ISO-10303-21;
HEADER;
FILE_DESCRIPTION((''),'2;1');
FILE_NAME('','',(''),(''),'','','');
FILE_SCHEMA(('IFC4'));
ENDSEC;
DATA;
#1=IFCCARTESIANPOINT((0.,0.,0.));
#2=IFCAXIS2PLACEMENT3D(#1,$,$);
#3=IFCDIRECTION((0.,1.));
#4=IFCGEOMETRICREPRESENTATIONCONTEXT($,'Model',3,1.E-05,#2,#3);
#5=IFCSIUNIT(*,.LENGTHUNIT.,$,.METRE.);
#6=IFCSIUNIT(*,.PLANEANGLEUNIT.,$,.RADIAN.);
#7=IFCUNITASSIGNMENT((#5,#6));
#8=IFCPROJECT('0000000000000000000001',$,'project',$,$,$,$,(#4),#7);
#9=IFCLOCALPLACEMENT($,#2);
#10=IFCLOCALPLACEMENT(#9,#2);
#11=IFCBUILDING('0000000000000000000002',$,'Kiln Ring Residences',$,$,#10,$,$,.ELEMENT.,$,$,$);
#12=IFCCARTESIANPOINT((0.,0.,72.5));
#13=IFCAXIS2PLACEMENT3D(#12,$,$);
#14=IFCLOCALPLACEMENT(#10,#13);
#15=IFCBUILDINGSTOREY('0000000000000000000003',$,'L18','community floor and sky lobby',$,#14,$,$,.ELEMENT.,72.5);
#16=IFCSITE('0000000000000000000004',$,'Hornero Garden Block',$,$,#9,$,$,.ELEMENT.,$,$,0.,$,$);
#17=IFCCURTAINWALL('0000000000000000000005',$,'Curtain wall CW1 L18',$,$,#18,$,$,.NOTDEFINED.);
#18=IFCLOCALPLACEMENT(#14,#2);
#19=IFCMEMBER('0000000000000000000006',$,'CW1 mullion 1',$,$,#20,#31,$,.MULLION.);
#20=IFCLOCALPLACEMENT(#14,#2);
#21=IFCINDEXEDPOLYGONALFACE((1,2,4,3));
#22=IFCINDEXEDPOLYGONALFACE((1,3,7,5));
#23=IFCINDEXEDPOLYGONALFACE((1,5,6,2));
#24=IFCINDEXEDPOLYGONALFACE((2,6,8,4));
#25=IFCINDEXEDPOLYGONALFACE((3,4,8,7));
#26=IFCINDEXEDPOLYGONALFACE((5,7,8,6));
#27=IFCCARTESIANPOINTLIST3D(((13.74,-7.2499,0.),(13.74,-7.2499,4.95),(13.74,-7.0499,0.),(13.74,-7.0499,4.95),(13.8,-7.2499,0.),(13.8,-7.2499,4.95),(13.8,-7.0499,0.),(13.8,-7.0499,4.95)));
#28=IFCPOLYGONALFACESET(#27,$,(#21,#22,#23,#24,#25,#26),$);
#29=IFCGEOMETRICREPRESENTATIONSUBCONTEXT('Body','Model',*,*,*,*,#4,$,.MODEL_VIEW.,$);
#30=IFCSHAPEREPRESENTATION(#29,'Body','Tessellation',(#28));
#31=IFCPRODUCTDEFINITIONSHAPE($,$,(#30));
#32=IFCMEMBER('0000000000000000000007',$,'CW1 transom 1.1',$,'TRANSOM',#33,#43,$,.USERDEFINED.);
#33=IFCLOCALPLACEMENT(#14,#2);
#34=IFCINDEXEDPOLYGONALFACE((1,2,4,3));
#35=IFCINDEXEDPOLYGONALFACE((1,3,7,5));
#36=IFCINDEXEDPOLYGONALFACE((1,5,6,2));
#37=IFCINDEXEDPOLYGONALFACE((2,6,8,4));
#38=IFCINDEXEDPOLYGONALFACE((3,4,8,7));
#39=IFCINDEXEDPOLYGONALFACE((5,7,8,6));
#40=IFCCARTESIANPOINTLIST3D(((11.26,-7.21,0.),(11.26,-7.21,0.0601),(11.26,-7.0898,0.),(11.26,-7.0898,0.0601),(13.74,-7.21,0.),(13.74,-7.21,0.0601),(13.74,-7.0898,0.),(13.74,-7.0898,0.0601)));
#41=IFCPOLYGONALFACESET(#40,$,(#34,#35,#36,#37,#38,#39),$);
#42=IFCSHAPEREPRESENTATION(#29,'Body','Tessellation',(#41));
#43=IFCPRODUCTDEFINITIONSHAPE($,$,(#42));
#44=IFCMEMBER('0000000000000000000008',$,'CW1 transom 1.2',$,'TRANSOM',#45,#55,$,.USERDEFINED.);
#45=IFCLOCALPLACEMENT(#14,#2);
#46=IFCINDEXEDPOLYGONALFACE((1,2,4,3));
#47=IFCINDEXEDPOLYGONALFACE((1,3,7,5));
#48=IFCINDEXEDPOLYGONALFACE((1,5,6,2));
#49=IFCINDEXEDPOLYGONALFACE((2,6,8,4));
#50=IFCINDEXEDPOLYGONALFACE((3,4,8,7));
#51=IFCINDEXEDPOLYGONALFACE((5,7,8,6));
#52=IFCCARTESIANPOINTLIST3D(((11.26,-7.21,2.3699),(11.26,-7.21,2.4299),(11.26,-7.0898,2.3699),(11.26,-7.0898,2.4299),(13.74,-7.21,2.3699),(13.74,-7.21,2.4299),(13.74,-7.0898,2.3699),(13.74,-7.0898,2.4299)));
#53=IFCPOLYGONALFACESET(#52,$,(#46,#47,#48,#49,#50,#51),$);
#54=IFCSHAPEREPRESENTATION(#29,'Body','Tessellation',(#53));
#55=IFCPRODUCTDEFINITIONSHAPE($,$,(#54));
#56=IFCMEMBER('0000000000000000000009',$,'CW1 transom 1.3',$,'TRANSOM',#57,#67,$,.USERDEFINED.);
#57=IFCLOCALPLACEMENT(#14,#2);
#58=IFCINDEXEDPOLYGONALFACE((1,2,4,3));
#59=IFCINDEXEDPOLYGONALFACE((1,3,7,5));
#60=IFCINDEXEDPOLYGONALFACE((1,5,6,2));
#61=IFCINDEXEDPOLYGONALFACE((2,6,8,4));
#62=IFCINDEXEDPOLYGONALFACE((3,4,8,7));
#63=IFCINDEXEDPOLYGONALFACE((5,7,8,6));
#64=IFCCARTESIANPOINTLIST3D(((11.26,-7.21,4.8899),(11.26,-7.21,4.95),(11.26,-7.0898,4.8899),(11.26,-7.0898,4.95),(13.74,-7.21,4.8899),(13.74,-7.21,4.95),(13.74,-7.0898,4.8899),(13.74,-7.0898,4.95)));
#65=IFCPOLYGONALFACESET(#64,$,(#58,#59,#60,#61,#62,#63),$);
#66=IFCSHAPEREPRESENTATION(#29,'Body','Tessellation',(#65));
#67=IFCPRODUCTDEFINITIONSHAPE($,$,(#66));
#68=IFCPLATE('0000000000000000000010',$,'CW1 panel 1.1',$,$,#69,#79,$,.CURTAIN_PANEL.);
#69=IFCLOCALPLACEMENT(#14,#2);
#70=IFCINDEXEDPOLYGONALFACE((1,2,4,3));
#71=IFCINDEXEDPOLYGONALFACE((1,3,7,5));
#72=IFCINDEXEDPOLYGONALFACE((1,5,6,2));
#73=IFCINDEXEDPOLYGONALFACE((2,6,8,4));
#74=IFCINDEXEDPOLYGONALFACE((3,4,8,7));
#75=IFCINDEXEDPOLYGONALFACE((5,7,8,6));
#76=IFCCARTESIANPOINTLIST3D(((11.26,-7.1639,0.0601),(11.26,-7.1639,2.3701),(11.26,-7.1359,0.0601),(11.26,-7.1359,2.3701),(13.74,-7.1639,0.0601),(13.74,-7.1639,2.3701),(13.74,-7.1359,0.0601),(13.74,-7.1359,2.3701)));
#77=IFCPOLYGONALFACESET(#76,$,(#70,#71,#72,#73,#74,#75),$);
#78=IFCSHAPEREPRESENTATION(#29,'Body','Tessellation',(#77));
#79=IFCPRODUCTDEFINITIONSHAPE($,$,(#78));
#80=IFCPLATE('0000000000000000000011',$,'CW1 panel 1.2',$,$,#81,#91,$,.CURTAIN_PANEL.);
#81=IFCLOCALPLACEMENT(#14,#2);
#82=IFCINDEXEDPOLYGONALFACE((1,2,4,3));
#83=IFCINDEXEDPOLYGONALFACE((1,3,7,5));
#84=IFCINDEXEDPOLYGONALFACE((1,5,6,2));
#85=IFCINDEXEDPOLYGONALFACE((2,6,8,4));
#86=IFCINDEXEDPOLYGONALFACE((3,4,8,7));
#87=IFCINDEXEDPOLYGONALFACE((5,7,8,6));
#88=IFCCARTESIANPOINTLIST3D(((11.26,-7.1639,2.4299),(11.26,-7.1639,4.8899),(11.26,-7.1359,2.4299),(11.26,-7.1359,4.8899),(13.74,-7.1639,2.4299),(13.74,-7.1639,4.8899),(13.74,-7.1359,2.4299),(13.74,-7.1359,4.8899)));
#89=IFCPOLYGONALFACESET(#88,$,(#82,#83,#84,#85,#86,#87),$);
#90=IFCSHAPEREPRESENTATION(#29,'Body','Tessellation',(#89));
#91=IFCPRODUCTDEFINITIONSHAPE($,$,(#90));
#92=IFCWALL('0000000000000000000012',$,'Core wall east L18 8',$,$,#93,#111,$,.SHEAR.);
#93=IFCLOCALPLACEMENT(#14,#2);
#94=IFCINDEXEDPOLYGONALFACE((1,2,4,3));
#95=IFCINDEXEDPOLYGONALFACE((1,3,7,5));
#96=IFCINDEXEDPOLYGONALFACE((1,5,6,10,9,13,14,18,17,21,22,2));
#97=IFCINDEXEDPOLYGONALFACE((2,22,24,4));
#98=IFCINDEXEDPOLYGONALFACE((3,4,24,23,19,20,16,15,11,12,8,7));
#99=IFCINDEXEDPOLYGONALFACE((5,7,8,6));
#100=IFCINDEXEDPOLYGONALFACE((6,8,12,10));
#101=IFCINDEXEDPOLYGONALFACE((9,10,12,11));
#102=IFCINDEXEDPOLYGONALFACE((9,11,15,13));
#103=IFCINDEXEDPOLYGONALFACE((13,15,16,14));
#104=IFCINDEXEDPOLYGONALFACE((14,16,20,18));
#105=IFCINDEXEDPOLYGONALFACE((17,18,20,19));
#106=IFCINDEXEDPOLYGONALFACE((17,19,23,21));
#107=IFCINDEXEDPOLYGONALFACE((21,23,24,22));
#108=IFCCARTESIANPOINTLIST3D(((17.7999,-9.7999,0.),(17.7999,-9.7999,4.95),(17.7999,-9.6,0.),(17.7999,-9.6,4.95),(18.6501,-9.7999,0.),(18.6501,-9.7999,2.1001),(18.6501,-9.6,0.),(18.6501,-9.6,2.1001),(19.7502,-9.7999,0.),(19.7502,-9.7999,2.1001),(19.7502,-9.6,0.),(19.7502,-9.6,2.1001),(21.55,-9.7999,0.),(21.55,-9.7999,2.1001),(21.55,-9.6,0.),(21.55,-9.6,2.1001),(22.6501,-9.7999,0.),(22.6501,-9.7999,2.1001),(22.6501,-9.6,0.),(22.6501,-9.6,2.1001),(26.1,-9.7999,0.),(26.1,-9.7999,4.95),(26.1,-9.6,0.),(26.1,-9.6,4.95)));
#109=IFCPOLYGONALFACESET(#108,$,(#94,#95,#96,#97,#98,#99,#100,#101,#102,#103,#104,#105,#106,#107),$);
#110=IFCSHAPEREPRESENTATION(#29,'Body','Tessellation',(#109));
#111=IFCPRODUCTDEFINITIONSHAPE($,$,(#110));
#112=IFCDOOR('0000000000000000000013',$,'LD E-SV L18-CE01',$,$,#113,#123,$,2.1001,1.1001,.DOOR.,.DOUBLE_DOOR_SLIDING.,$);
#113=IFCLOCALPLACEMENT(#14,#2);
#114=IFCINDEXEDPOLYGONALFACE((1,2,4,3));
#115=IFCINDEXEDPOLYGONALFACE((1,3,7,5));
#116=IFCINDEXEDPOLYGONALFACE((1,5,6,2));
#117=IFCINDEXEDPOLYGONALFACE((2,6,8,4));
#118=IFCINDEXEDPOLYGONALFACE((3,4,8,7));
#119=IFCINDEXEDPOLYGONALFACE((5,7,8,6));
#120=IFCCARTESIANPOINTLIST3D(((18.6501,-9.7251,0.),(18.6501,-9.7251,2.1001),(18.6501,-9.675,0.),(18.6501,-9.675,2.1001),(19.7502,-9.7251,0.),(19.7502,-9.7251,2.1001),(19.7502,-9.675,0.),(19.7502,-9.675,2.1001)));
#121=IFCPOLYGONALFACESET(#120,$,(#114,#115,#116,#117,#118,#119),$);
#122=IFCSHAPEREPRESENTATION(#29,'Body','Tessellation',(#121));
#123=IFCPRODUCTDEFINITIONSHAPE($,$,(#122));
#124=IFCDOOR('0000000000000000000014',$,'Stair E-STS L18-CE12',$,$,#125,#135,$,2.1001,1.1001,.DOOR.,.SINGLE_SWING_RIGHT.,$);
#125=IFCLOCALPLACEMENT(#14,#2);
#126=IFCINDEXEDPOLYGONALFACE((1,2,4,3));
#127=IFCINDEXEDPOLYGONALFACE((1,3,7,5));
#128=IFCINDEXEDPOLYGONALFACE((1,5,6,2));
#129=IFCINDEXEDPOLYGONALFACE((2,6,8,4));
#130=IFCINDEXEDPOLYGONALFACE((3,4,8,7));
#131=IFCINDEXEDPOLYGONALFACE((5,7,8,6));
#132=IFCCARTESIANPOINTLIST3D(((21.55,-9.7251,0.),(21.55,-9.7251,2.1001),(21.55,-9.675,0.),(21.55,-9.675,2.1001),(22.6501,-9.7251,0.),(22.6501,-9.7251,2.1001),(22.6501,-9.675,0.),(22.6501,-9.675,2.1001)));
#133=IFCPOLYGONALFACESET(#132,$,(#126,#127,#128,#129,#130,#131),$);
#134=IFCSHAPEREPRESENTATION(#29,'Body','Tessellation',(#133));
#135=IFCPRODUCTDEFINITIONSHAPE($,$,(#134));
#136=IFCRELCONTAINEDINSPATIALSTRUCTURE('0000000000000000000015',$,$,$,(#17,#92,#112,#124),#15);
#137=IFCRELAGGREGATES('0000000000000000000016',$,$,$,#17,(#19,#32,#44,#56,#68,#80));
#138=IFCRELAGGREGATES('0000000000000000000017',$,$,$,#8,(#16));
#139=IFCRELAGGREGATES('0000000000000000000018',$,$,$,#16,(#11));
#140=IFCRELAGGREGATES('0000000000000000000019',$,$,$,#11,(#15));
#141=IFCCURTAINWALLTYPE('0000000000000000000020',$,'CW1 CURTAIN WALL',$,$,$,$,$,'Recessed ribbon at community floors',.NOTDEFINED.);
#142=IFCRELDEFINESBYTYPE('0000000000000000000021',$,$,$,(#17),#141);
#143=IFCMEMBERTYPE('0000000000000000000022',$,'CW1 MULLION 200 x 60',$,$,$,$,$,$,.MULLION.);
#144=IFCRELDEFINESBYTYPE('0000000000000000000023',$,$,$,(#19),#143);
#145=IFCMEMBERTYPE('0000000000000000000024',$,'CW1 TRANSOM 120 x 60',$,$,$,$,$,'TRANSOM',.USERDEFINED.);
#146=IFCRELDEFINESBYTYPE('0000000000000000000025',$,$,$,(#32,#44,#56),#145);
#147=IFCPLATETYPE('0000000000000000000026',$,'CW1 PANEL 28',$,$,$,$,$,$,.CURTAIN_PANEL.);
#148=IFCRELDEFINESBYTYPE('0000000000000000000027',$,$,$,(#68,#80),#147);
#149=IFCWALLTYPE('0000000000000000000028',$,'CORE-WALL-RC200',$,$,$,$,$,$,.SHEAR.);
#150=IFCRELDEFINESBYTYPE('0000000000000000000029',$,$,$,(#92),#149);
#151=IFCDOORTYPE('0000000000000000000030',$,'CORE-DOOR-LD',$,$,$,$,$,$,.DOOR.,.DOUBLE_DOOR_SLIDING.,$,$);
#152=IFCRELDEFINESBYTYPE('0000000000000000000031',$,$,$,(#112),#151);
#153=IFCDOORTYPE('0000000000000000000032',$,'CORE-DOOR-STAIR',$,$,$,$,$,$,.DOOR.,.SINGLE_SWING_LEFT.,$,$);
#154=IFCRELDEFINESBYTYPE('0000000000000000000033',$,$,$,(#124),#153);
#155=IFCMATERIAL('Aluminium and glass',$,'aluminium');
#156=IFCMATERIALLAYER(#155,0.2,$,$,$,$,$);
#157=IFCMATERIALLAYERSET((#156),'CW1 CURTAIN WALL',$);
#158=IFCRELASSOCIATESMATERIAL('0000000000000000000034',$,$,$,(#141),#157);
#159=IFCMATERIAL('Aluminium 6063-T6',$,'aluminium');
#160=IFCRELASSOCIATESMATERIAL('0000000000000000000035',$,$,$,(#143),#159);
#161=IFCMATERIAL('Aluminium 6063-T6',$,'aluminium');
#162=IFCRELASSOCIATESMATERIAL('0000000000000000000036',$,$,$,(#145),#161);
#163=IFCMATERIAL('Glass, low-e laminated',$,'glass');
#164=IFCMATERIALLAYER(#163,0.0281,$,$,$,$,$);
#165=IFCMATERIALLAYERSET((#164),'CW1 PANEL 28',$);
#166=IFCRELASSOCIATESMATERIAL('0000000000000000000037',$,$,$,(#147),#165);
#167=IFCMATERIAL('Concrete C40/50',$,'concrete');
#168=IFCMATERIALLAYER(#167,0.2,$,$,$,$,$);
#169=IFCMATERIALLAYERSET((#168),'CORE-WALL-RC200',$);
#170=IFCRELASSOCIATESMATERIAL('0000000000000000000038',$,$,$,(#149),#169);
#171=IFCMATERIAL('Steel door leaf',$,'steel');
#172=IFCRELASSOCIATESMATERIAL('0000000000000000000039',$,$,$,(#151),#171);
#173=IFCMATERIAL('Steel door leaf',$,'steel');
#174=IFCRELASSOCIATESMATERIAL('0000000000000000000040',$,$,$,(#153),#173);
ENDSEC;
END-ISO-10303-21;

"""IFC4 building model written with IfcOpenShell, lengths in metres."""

from ifc_helpers import new_model, si_unit, direction, frame, frame_2d, origin, origin_2d, place, context, subcontext, project, spatial, rectangle, extrude, material, layer, layer_set, material_profile, profile_set, type_object, element, fill, aggregate, save


model = new_model("IFC4")

# Units and contexts
model_context = context("Model", 3, precision=1e-05, world=origin(), true_north=direction((0.0, 1.0)))
body_context = subcontext(model_context, "Body", "Model", "MODEL_VIEW")
ifc_project = project(units=[si_unit("LENGTHUNIT", "METRE"), si_unit("PLANEANGLEUNIT", "RADIAN")], contexts=[model_context])

# Site, building, storey
site_placement = place(None, origin())
site = spatial("IfcSite", under=ifc_project, at=site_placement, Name="Hornero Garden Block", CompositionType="ELEMENT", RefElevation=0.0)
building_placement = place(site_placement, origin())
building = spatial("IfcBuilding", under=site, at=building_placement, Name="Kiln Ring Residences", CompositionType="ELEMENT")
storey_placement = place(building_placement, frame((0.0, 0.0, 72.5)))
storey = spatial("IfcBuildingStorey", under=building, at=storey_placement, Name="L18", Description="community floor and sky lobby", CompositionType="ELEMENT", Elevation=72.5)

# Curtain wall, members, plates
ifc_material_1 = material(Name="Aluminium and glass", Category="aluminium")
ifc_layer_1 = layer(ifc_material_1, 0.2)
ifc_layer_set_1 = layer_set([ifc_layer_1], Name="CW1 CURTAIN WALL")
curtain_wall_type = type_object("IfcCurtainWallType", Name="CW1 CURTAIN WALL", ElementType="Recessed ribbon at community floors", PredefinedType="NOTDEFINED", material=ifc_layer_set_1)
curtain_wall_placement = place(storey_placement, origin())
curtain_wall = element("IfcCurtainWall", 1, at=curtain_wall_placement, inside=storey, type_object=curtain_wall_type, Name="Curtain wall CW1 L18", PredefinedType="NOTDEFINED")
ifc_material_2 = material(Name="Aluminium 6063-T6", Category="aluminium")
ifc_material_profile_1 = material_profile(ifc_material_2, rectangle(XDim=0.2, YDim=0.0601, at=origin_2d()), Name="AL 200x60")
ifc_profile_set_1 = profile_set([ifc_material_profile_1], Name="Aluminium 6063-T6")
member_type_1 = type_object("IfcMemberType", Name="CW1 MULLION 200 x 60", PredefinedType="MULLION", material=ifc_profile_set_1)
member_1_placement = place(storey_placement, frame((13.77, -7.1499, 0.0), z_axis=(0.0, 0.0, 1.0), x_axis=(0.0, -1.0, 0.0)))
member_1 = element("IfcMember", 2, at=member_1_placement, type_object=member_type_1, Name="CW1 mullion 1", PredefinedType="MULLION", context=body_context, shape_type="SweptSolid", body=[
    extrude(rectangle(XDim=0.2, YDim=0.0601, at=origin_2d()), origin(), (0.0, 0.0, 1.0), 4.95),
])
ifc_material_3 = material(Name="Aluminium 6063-T6", Category="aluminium")
ifc_material_profile_2 = material_profile(ifc_material_3, rectangle(XDim=0.1201, YDim=0.0601, at=origin_2d()), Name="AL 120x60")
ifc_profile_set_2 = profile_set([ifc_material_profile_2], Name="Aluminium 6063-T6")
member_type_2 = type_object("IfcMemberType", Name="CW1 TRANSOM 120 x 60", ElementType="TRANSOM", PredefinedType="USERDEFINED", material=ifc_profile_set_2)
member_2_placement = place(storey_placement, frame((13.74, -7.1499, 0.03), z_axis=(-1.0, 0.0, 0.0), x_axis=(0.0, -1.0, 0.0)))
member_2 = element("IfcMember", 3, at=member_2_placement, type_object=member_type_2, Name="CW1 transom 1.1", ObjectType="TRANSOM", PredefinedType="USERDEFINED", context=body_context, shape_type="SweptSolid", body=[
    extrude(rectangle(XDim=0.1201, YDim=0.0601, at=origin_2d()), origin(), (0.0, 0.0, 1.0), 2.48),
])
member_3_placement = place(storey_placement, frame((13.74, -7.1499, 2.3999), z_axis=(-1.0, 0.0, 0.0), x_axis=(0.0, -1.0, 0.0)))
member_3 = element("IfcMember", 4, at=member_3_placement, type_object=member_type_2, Name="CW1 transom 1.2", ObjectType="TRANSOM", PredefinedType="USERDEFINED", context=body_context, shape_type="SweptSolid", body=[
    extrude(rectangle(XDim=0.1201, YDim=0.0601, at=origin_2d()), origin(), (0.0, 0.0, 1.0), 2.48),
])
member_4_placement = place(storey_placement, frame((13.74, -7.1499, 4.9199), z_axis=(-1.0, 0.0, 0.0), x_axis=(0.0, -1.0, 0.0)))
member_4 = element("IfcMember", 5, at=member_4_placement, type_object=member_type_2, Name="CW1 transom 1.3", ObjectType="TRANSOM", PredefinedType="USERDEFINED", context=body_context, shape_type="SweptSolid", body=[
    extrude(rectangle(XDim=0.1201, YDim=0.0601, at=origin_2d()), origin(), (0.0, 0.0, 1.0), 2.48),
])
ifc_material_4 = material(Name="Glass, low-e laminated", Category="glass")
ifc_layer_2 = layer(ifc_material_4, 0.0281)
ifc_layer_set_2 = layer_set([ifc_layer_2], Name="CW1 PANEL 28")
plate_type = type_object("IfcPlateType", Name="CW1 PANEL 28", PredefinedType="CURTAIN_PANEL", material=ifc_layer_set_2)
plate_1_placement = place(storey_placement, frame((12.5, -7.1499, 0.0601), z_axis=(0.0, 0.0, 1.0), x_axis=(-1.0, 0.0, 0.0)))
plate_1 = element("IfcPlate", 6, at=plate_1_placement, type_object=plate_type, Name="CW1 panel 1.1", PredefinedType="CURTAIN_PANEL", context=body_context, shape_type="SweptSolid", body=[
    extrude(rectangle(XDim=2.48, YDim=0.0281, at=origin_2d()), origin(), (0.0, 0.0, 1.0), 2.3101),
])
plate_2_placement = place(storey_placement, frame((12.5, -7.1499, 2.4299), z_axis=(0.0, 0.0, 1.0), x_axis=(-1.0, 0.0, 0.0)))
plate_2 = element("IfcPlate", 7, at=plate_2_placement, type_object=plate_type, Name="CW1 panel 1.2", PredefinedType="CURTAIN_PANEL", context=body_context, shape_type="SweptSolid", body=[
    extrude(rectangle(XDim=2.48, YDim=0.0281, at=origin_2d()), origin(), (0.0, 0.0, 1.0), 2.46),
])
aggregate(curtain_wall, [member_1, member_2, member_3, member_4, plate_1, plate_2])

# Wall, openings, doors
ifc_material_5 = material(Name="Concrete C40/50", Category="concrete")
ifc_layer_3 = layer(ifc_material_5, 0.2)
ifc_layer_set_3 = layer_set([ifc_layer_3], Name="CORE-WALL-RC200")
wall_type_1 = type_object("IfcWallType", Name="CORE-WALL-RC200", PredefinedType="SHEAR", material=ifc_layer_set_3)
wall_1_placement = place(storey_placement, frame((17.8, -9.7, 0.0), z_axis=(0.0, 0.0, 1.0), x_axis=(1.0, 0.0, 0.0)))
wall_1 = element("IfcWall", 8, at=wall_1_placement, inside=storey, type_object=wall_type_1, Name="Core wall east L18 8", PredefinedType="SHEAR", context=body_context, shape_type="SweptSolid", body=[
    extrude(rectangle(XDim=8.3, YDim=0.2, at=frame_2d((4.1499, 0.0))), origin(), (0.0, 0.0, 1.0), 4.95),
])
opening_1_placement = place(wall_1_placement, frame((0.8501, 0.0, 0.0)))
opening_1 = element("IfcOpeningElement", 9, at=opening_1_placement, cuts=wall_1, PredefinedType="OPENING", context=body_context, shape_type="SweptSolid", body=[
    extrude(rectangle(XDim=1.1001, YDim=2.1001, at=frame_2d((0.55, 1.05))), frame((0.0, 0.1099, 0.0), z_axis=(0.0, -1.0, 0.0), x_axis=(1.0, 0.0, 0.0)), (0.0, 0.0, 1.0), 0.22),
])
opening_2_placement = place(wall_1_placement, frame((3.75, 0.0, 0.0)))
opening_2 = element("IfcOpeningElement", 10, at=opening_2_placement, cuts=wall_1, PredefinedType="OPENING", context=body_context, shape_type="SweptSolid", body=[
    extrude(rectangle(XDim=1.1001, YDim=2.1001, at=frame_2d((0.55, 1.05))), frame((0.0, 0.1099, 0.0), z_axis=(0.0, -1.0, 0.0), x_axis=(1.0, 0.0, 0.0)), (0.0, 0.0, 1.0), 0.22),
])
ifc_material_6 = material(Name="Steel door leaf", Category="steel")
door_type_1 = type_object("IfcDoorType", Name="CORE-DOOR-LD", OperationType="DOUBLE_DOOR_SLIDING", PredefinedType="DOOR", material=ifc_material_6)
door_1_placement = place(opening_1_placement, origin())
door_1 = element("IfcDoor", 11, at=door_1_placement, inside=storey, type_object=door_type_1, Name="LD E-SV L18-CE01", OperationType="DOUBLE_DOOR_SLIDING", OverallHeight=2.1001, OverallWidth=1.1001, PredefinedType="DOOR", context=body_context, shape_type="SweptSolid", body=[
    extrude(rectangle(XDim=1.1001, YDim=2.1001, at=frame_2d((0.55, 1.05))), frame((0.0, 0.0249, 0.0), z_axis=(0.0, -1.0, 0.0), x_axis=(1.0, 0.0, 0.0)), (0.0, 0.0, 1.0), 0.05),
])
fill(opening_1, door_1)
ifc_material_7 = material(Name="Steel door leaf", Category="steel")
door_type_2 = type_object("IfcDoorType", Name="CORE-DOOR-STAIR", OperationType="SINGLE_SWING_LEFT", PredefinedType="DOOR", material=ifc_material_7)
door_2_placement = place(opening_2_placement, origin())
door_2 = element("IfcDoor", 12, at=door_2_placement, inside=storey, type_object=door_type_2, Name="Stair E-STS L18-CE12", OperationType="SINGLE_SWING_RIGHT", OverallHeight=2.1001, OverallWidth=1.1001, PredefinedType="DOOR", context=body_context, shape_type="SweptSolid", body=[
    extrude(rectangle(XDim=1.1001, YDim=2.1001, at=frame_2d((0.55, 1.05))), frame((0.0, 0.0249, 0.0), z_axis=(0.0, -1.0, 0.0), x_axis=(1.0, 0.0, 0.0)), (0.0, 0.0, 1.0), 0.05),
])
fill(opening_2, door_2)

save(model, "model.ifc")
